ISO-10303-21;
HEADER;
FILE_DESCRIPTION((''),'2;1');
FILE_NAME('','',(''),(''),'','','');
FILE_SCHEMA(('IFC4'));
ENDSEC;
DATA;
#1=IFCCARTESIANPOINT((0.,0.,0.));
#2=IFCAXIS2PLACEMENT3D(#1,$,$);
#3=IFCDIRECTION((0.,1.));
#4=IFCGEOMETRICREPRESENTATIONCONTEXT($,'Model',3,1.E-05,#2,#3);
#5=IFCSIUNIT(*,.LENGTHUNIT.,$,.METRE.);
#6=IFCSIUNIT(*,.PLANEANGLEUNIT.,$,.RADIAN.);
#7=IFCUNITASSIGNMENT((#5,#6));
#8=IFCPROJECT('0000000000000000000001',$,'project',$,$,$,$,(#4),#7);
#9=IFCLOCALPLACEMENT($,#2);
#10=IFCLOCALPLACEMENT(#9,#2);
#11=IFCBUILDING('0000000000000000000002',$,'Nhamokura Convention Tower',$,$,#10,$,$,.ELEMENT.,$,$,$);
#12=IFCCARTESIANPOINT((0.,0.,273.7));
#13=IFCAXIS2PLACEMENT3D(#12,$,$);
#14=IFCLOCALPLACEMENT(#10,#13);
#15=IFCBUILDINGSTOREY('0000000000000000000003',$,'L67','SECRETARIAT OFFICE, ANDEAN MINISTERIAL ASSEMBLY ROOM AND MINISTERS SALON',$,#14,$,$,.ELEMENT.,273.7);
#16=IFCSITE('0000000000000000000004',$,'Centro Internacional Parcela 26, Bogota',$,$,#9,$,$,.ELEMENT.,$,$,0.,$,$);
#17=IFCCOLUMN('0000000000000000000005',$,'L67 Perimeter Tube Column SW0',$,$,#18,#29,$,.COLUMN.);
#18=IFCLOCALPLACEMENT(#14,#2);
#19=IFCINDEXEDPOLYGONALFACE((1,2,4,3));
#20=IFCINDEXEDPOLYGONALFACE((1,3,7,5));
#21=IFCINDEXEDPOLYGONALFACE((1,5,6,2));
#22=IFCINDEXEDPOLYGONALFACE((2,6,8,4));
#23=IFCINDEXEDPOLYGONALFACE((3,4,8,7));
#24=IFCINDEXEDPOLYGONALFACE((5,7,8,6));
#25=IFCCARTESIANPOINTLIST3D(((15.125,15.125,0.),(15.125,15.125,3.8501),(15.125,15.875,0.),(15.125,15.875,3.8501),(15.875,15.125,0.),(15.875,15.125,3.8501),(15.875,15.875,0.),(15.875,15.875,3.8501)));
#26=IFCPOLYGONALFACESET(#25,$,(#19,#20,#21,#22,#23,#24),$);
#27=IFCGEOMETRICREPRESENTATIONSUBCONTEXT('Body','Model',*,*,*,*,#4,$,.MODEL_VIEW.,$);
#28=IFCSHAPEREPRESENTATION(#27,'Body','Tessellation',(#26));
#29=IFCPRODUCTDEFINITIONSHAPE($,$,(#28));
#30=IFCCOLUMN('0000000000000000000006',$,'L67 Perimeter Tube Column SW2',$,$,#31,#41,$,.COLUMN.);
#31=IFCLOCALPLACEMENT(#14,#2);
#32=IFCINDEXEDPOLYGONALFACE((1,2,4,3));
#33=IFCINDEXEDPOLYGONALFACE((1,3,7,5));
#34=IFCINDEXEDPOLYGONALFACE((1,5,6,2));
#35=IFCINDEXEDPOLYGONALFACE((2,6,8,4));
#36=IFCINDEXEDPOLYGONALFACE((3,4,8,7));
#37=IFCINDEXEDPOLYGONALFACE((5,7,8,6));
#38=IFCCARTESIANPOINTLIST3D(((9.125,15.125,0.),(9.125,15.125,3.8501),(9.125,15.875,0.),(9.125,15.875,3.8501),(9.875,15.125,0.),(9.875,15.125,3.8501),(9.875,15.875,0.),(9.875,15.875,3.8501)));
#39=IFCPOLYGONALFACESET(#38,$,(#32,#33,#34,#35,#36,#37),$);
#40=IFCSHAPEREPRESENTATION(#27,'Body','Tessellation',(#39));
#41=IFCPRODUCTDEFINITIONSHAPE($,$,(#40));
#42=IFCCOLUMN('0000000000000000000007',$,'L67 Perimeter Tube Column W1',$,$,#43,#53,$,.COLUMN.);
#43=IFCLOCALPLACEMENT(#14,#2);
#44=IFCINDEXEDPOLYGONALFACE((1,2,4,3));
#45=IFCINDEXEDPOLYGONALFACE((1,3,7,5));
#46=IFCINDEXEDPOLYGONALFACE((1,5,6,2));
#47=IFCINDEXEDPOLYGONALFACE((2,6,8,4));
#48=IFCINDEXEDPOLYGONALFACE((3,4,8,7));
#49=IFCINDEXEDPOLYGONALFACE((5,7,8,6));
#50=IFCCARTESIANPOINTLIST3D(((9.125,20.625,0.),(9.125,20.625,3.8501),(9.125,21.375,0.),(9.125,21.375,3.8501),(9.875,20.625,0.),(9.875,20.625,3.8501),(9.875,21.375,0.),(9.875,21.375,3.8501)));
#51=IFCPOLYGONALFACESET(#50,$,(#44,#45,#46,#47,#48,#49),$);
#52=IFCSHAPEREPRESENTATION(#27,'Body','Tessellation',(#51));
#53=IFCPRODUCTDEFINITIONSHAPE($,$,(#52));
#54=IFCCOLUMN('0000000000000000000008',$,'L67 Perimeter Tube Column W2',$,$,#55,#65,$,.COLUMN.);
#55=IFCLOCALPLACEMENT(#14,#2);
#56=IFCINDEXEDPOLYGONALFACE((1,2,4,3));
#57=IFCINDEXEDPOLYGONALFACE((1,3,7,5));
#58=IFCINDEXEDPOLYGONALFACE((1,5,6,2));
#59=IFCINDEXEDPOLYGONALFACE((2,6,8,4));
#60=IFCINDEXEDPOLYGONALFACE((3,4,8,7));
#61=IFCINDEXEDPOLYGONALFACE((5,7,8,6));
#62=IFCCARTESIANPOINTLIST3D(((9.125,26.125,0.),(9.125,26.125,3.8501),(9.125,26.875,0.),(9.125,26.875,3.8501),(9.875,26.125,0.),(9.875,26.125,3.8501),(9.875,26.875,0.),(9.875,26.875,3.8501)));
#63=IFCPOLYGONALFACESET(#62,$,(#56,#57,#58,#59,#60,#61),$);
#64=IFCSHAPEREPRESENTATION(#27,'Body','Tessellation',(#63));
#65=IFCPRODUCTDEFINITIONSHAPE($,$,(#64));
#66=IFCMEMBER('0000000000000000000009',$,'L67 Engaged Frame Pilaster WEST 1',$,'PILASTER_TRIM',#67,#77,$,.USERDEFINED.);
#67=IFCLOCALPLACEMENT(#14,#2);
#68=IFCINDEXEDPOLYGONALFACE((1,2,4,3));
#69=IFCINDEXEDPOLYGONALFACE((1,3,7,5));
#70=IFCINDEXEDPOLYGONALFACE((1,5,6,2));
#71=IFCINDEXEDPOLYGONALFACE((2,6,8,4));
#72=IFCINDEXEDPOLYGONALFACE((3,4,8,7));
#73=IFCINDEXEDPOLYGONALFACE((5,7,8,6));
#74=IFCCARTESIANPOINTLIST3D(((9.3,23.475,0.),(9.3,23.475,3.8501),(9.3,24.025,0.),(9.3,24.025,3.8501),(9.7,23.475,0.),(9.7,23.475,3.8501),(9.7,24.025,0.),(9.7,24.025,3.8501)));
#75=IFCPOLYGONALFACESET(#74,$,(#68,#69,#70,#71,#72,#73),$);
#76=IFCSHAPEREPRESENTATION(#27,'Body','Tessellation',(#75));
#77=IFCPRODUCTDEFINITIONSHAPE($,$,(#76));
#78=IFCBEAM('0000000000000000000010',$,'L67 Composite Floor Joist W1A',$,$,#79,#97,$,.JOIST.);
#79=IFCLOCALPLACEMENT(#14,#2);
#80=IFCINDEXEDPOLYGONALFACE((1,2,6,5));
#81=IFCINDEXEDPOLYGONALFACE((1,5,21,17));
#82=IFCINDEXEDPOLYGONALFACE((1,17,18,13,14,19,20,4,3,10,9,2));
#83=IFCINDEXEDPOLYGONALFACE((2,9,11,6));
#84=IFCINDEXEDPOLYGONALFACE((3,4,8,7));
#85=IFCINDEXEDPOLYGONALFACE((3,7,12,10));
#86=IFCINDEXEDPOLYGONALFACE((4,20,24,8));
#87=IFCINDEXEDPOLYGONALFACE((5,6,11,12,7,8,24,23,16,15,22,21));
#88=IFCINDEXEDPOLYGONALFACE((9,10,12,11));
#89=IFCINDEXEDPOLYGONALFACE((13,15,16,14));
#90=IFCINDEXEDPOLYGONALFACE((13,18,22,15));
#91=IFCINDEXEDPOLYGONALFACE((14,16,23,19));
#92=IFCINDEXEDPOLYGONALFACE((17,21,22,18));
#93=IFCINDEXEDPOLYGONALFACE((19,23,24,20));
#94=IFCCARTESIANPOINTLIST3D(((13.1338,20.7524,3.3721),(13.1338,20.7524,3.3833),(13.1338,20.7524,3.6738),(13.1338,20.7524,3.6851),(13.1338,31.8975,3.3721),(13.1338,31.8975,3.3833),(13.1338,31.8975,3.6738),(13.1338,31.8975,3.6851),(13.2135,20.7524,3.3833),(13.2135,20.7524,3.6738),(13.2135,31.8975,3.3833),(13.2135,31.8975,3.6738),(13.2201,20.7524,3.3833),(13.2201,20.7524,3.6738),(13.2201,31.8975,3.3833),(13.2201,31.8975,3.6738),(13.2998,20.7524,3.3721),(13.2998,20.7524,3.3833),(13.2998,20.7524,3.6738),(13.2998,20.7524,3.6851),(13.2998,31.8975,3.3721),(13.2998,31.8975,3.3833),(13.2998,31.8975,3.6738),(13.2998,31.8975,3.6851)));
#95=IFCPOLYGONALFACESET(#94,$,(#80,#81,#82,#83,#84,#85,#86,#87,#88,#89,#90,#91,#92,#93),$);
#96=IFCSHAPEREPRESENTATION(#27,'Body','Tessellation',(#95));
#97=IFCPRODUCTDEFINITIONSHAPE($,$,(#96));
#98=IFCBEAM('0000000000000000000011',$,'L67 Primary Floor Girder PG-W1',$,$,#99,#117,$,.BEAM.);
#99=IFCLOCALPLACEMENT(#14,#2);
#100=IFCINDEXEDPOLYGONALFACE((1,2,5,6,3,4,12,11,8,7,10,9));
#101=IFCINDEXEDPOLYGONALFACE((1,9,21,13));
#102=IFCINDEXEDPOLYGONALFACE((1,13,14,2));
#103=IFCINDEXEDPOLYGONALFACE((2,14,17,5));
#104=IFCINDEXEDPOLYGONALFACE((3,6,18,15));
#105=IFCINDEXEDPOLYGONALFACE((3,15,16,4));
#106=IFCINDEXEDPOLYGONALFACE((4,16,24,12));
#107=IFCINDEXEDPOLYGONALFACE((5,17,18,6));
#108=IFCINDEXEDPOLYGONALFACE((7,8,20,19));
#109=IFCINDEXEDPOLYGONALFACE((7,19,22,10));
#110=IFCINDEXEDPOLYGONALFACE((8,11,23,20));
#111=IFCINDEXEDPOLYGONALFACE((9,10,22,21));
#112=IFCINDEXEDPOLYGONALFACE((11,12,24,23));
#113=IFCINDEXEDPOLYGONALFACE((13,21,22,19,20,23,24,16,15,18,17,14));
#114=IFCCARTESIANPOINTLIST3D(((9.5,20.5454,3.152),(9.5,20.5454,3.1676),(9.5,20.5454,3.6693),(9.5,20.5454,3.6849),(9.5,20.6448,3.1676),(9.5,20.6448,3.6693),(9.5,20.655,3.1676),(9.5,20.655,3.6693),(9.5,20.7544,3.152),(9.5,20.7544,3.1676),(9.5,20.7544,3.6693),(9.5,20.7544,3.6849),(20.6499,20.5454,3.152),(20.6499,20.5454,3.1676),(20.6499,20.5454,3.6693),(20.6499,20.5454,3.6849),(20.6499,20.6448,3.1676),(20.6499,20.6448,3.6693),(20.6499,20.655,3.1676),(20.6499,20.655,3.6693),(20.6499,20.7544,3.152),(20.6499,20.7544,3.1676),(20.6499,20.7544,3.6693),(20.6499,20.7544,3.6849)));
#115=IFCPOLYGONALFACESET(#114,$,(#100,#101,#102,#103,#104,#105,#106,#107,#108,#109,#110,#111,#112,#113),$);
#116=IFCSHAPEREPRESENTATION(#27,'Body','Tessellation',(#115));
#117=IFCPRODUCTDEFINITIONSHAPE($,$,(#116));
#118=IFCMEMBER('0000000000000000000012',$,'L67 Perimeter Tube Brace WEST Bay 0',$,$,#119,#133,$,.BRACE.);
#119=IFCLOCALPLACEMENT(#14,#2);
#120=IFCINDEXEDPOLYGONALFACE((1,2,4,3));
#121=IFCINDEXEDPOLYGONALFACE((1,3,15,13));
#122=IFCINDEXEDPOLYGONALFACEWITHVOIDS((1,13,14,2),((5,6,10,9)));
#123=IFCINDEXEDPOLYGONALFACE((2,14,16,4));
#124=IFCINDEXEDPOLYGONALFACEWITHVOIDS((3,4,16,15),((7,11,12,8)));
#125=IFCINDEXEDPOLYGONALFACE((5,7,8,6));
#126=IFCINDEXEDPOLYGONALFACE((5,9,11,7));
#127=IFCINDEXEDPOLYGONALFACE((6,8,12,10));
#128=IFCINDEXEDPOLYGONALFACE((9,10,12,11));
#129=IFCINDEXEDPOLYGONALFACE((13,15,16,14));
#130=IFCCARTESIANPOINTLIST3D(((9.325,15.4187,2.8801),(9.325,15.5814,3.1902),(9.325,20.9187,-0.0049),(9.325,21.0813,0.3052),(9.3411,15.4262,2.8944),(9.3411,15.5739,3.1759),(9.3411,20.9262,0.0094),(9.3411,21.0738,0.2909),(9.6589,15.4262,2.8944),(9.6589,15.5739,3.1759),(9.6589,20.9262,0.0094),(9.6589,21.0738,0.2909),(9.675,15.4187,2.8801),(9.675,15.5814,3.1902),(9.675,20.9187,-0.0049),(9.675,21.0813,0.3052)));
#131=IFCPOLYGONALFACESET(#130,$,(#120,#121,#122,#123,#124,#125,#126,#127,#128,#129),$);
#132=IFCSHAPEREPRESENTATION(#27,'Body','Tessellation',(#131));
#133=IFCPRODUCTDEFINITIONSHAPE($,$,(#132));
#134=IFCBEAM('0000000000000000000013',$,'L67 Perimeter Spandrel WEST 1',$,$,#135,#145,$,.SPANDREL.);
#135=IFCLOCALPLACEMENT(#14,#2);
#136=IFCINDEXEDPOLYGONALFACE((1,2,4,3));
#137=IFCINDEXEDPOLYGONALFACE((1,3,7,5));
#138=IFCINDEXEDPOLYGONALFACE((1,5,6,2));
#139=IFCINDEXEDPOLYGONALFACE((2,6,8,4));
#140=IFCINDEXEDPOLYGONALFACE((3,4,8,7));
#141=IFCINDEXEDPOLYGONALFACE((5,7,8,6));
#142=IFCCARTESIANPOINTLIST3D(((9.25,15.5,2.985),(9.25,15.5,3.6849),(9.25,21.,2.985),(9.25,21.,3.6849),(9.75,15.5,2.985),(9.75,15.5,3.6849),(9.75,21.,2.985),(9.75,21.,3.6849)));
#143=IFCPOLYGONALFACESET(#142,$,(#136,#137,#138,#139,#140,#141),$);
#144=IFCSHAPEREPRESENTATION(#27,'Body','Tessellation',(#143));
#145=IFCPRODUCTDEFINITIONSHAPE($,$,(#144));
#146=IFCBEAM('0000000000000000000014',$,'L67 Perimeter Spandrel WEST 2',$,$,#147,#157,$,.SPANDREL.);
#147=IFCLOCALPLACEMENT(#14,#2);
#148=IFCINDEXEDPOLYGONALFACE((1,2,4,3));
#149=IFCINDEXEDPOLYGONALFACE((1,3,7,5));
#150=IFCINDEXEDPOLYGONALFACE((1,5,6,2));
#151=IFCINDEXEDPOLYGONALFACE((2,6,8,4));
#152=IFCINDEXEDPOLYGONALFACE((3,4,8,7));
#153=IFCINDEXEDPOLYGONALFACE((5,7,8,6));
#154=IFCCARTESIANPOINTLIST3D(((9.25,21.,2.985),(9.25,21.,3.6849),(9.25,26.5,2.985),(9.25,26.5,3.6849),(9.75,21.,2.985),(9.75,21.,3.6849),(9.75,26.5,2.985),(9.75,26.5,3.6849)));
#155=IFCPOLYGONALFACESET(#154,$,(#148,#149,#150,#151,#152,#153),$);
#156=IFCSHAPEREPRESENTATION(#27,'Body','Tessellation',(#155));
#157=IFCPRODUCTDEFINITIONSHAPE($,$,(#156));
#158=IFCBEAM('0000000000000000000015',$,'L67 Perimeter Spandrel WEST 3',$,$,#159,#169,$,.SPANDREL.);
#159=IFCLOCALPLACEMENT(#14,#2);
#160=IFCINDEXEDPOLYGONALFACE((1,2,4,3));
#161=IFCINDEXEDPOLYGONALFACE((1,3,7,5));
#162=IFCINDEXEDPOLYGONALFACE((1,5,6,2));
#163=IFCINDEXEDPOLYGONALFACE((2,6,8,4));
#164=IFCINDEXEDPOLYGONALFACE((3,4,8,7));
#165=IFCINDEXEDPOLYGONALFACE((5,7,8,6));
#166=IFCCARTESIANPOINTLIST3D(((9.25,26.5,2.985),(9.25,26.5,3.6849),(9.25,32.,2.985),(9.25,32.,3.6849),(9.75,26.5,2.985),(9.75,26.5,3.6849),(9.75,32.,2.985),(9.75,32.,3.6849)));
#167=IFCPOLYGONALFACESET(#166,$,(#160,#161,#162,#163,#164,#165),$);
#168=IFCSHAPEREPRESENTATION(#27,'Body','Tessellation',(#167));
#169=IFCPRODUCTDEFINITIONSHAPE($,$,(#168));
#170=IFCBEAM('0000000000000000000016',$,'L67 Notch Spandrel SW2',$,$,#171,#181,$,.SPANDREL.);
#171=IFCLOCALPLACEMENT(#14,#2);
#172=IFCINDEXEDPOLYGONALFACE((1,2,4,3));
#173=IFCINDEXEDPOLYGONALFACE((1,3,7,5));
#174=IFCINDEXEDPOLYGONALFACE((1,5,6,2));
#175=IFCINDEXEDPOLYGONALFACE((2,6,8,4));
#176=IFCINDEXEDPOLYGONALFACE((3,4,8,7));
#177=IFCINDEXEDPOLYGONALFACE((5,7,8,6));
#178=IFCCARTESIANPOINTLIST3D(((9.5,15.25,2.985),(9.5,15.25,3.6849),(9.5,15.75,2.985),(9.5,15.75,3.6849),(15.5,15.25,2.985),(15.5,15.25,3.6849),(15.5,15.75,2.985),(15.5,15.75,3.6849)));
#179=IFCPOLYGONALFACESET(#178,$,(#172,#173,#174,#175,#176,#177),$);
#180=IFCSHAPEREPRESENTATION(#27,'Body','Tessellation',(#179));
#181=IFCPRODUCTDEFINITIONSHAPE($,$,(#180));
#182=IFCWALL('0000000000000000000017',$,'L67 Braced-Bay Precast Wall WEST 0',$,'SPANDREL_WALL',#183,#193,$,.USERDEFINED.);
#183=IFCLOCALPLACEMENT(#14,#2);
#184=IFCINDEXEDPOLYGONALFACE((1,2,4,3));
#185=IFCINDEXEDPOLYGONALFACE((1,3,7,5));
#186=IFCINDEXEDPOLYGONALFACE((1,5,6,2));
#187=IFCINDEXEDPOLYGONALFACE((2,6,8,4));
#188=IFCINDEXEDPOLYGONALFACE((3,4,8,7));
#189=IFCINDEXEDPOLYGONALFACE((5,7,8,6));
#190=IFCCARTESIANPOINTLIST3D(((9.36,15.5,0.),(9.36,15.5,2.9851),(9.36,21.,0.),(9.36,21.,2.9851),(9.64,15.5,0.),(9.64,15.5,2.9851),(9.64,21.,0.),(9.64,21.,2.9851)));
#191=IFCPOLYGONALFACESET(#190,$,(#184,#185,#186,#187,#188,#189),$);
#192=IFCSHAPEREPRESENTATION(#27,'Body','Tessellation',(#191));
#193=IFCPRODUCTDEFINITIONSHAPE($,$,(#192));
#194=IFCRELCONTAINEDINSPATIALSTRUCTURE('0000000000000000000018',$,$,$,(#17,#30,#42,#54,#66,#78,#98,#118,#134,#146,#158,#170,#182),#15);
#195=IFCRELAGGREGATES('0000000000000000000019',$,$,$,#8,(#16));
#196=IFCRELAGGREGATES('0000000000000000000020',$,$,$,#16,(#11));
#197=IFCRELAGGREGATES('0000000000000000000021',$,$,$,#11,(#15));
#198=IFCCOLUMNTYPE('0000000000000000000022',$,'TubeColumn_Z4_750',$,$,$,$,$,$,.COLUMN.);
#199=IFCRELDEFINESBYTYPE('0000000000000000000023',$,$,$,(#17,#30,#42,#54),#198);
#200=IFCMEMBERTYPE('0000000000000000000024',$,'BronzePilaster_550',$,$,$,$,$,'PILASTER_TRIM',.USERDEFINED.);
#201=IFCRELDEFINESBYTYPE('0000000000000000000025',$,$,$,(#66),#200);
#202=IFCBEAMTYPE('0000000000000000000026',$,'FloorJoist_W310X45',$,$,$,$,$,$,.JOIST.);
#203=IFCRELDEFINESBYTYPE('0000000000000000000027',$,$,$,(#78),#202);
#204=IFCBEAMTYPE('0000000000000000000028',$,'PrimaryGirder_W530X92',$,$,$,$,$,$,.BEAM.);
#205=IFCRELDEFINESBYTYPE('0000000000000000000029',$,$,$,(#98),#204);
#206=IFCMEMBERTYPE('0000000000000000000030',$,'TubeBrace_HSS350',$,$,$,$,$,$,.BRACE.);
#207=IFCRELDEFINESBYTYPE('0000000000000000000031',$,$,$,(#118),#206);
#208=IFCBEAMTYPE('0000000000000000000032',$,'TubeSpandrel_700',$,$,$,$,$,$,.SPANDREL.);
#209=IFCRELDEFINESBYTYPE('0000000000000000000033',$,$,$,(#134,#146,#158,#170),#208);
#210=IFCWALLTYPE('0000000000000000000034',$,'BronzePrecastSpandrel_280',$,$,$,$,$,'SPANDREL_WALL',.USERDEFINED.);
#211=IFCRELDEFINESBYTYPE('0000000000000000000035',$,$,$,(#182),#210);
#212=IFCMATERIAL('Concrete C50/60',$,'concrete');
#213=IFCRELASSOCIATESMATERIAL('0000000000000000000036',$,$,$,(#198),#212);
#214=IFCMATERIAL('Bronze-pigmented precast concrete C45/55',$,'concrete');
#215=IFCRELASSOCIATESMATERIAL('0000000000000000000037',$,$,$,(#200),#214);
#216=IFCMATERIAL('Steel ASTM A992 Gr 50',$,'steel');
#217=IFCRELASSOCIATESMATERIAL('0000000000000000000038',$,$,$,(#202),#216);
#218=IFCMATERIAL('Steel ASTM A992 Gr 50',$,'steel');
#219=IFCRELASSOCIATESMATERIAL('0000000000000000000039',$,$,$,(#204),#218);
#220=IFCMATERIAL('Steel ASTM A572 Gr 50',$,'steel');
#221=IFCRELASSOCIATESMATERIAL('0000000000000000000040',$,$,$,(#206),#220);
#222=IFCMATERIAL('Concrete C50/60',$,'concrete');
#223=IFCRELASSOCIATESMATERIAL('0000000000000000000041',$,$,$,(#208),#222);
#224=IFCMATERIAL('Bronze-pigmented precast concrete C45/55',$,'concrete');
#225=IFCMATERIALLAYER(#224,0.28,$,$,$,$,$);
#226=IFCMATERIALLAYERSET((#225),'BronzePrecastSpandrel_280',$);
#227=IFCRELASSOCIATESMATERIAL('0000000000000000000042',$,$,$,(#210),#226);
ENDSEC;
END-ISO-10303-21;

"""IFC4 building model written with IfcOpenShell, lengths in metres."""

from ifc_helpers import new_model, si_unit, direction, frame, frame_2d, origin, origin_2d, place, context, subcontext, project, spatial, rectangle, hollow_rectangle, i_section, extrude, material, layer, layer_set, material_profile, profile_set, type_object, element, save


model = new_model("IFC4")

# Units and contexts
model_context = context("Model", 3, precision=1e-05, world=origin(), true_north=direction((0.0, 1.0)))
body_context = subcontext(model_context, "Body", "Model", "MODEL_VIEW")
ifc_project = project(units=[si_unit("LENGTHUNIT", "METRE"), si_unit("PLANEANGLEUNIT", "RADIAN")], contexts=[model_context])

# Site, building, storey
site_placement = place(None, origin())
site = spatial("IfcSite", under=ifc_project, at=site_placement, Name="Centro Internacional Parcela 26, Bogota", CompositionType="ELEMENT", RefElevation=0.0)
building_placement = place(site_placement, origin())
building = spatial("IfcBuilding", under=site, at=building_placement, Name="Nhamokura Convention Tower", CompositionType="ELEMENT")
storey_placement = place(building_placement, frame((0.0, 0.0, 273.7)))
storey = spatial("IfcBuildingStorey", under=building, at=storey_placement, Name="L67", Description="SECRETARIAT OFFICE, ANDEAN MINISTERIAL ASSEMBLY ROOM AND MINISTERS SALON", CompositionType="ELEMENT", Elevation=273.7)

# Columns
ifc_material_1 = material(Name="Concrete C50/60", Category="concrete")
ifc_material_profile_1 = material_profile(ifc_material_1, rectangle(XDim=0.75, YDim=0.75, at=origin_2d()))
ifc_profile_set_1 = profile_set([ifc_material_profile_1], Name="Concrete C50/60")
column_type = type_object("IfcColumnType", Name="TubeColumn_Z4_750", PredefinedType="COLUMN", material=ifc_profile_set_1)
for number, where, z_axis, x_axis, name in (
    (1, (15.5, 15.5, 0.0), (0.0, 0.0, 1.0), (1.0, 0.0, 0.0), "L67 Perimeter Tube Column SW0"),
    (2, (9.5, 15.5, 0.0), (0.0, 0.0, 1.0), (1.0, 0.0, 0.0), "L67 Perimeter Tube Column SW2"),
    (3, (9.5, 21.0, 0.0), (0.0, 0.0, 1.0), (1.0, 0.0, 0.0), "L67 Perimeter Tube Column W1"),
    (4, (9.5, 26.5, 0.0), (0.0, 0.0, 1.0), (1.0, 0.0, 0.0), "L67 Perimeter Tube Column W2"),
):
    element("IfcColumn", number, at=place(storey_placement, frame(where, z_axis=z_axis, x_axis=x_axis)), inside=storey, type_object=column_type, Name=name, PredefinedType="COLUMN", context=body_context, shape_type="SweptSolid", body=[
        extrude(rectangle(XDim=0.75, YDim=0.75, at=origin_2d()), origin(), (0.0, 0.0, 1.0), 3.8501),
    ])

# Member
ifc_material_2 = material(Name="Bronze-pigmented precast concrete C45/55", Category="concrete")
ifc_material_profile_2 = material_profile(ifc_material_2, rectangle(XDim=0.3999, YDim=0.55, at=origin_2d()))
ifc_profile_set_2 = profile_set([ifc_material_profile_2], Name="Bronze-pigmented precast concrete C45/55")
member_type_1 = type_object("IfcMemberType", Name="BronzePilaster_550", ElementType="PILASTER_TRIM", PredefinedType="USERDEFINED", material=ifc_profile_set_2)
member_1_placement = place(storey_placement, frame((9.5, 23.75, 0.0), z_axis=(0.0, 0.0, 1.0), x_axis=(1.0, 0.0, 0.0)))
element("IfcMember", 5, at=member_1_placement, inside=storey, type_object=member_type_1, Name="L67 Engaged Frame Pilaster WEST 1", ObjectType="PILASTER_TRIM", PredefinedType="USERDEFINED", context=body_context, shape_type="SweptSolid", body=[
    extrude(rectangle(XDim=0.3999, YDim=0.55, at=origin_2d()), origin(), (0.0, 0.0, 1.0), 3.8501),
])

# Beams
ifc_material_3 = material(Name="Steel ASTM A992 Gr 50", Category="steel")
ifc_material_profile_3 = material_profile(ifc_material_3, i_section(OverallWidth=0.166, OverallDepth=0.313, WebThickness=0.0066, FlangeThickness=0.0112, at=origin_2d()))
ifc_profile_set_3 = profile_set([ifc_material_profile_3], Name="Steel ASTM A992 Gr 50")
beam_type_1 = type_object("IfcBeamType", Name="FloorJoist_W310X45", PredefinedType="JOIST", material=ifc_profile_set_3)
beam_1_placement = place(storey_placement, frame((13.2168, 20.7524, 3.5286), z_axis=(0.0, 1.0, 0.0), x_axis=(-1.0, 0.0, 0.0)))
element("IfcBeam", 6, at=beam_1_placement, inside=storey, type_object=beam_type_1, Name="L67 Composite Floor Joist W1A", PredefinedType="JOIST", context=body_context, shape_type="SweptSolid", body=[
    extrude(i_section(OverallWidth=0.166, OverallDepth=0.313, WebThickness=0.0066, FlangeThickness=0.0112, at=origin_2d()), origin(), (0.0, 0.0, 1.0), 11.145),
])
ifc_material_4 = material(Name="Steel ASTM A992 Gr 50", Category="steel")
ifc_material_profile_4 = material_profile(ifc_material_4, i_section(OverallWidth=0.209, OverallDepth=0.533, WebThickness=0.0103, FlangeThickness=0.0156, at=origin_2d()))
ifc_profile_set_4 = profile_set([ifc_material_profile_4], Name="Steel ASTM A992 Gr 50")
beam_type_2 = type_object("IfcBeamType", Name="PrimaryGirder_W530X92", PredefinedType="BEAM", material=ifc_profile_set_4)
beam_2_placement = place(storey_placement, frame((9.5, 20.6499, 3.4185), z_axis=(1.0, 0.0, 0.0), x_axis=(0.0, 1.0, 0.0)))
element("IfcBeam", 7, at=beam_2_placement, inside=storey, type_object=beam_type_2, Name="L67 Primary Floor Girder PG-W1", PredefinedType="BEAM", context=body_context, shape_type="SweptSolid", body=[
    extrude(i_section(OverallWidth=0.209, OverallDepth=0.533, WebThickness=0.0103, FlangeThickness=0.0156, at=origin_2d()), origin(), (0.0, 0.0, 1.0), 11.1499),
])

# Member
ifc_material_5 = material(Name="Steel ASTM A572 Gr 50", Category="steel")
ifc_material_profile_5 = material_profile(ifc_material_5, hollow_rectangle(XDim=0.3501, YDim=0.3501, WallThickness=0.0161, at=origin_2d()))
ifc_profile_set_5 = profile_set([ifc_material_profile_5], Name="Steel ASTM A572 Gr 50")
member_type_2 = type_object("IfcMemberType", Name="TubeBrace_HSS350", PredefinedType="BRACE", material=ifc_profile_set_5)
member_2_placement = place(storey_placement, frame((9.5, 21.0, 0.1501), z_axis=(0.0, -0.885563, 0.46452), x_axis=(1.0, 0.0, 0.0)))
element("IfcMember", 8, at=member_2_placement, inside=storey, type_object=member_type_2, Name="L67 Perimeter Tube Brace WEST Bay 0", PredefinedType="BRACE", context=body_context, shape_type="SweptSolid", body=[
    extrude(hollow_rectangle(XDim=0.3501, YDim=0.3501, WallThickness=0.0161, at=origin_2d()), origin(), (0.0, 0.0, 1.0), 6.2107),
])

# Beams
ifc_material_6 = material(Name="Concrete C50/60", Category="concrete")
ifc_material_profile_6 = material_profile(ifc_material_6, rectangle(XDim=0.5, YDim=0.7, at=origin_2d()))
ifc_profile_set_6 = profile_set([ifc_material_profile_6], Name="Concrete C50/60")
beam_type_3 = type_object("IfcBeamType", Name="TubeSpandrel_700", PredefinedType="SPANDREL", material=ifc_profile_set_6)
for number, where, z_axis, x_axis, name in (
    (9, (9.5, 15.5, 3.335), (0.0, 1.0, 0.0), (-1.0, 0.0, 0.0), "L67 Perimeter Spandrel WEST 1"),
    (10, (9.5, 21.0, 3.335), (0.0, 1.0, 0.0), (-1.0, 0.0, 0.0), "L67 Perimeter Spandrel WEST 2"),
    (11, (9.5, 26.5, 3.335), (0.0, 1.0, 0.0), (-1.0, 0.0, 0.0), "L67 Perimeter Spandrel WEST 3"),
):
    element("IfcBeam", number, at=place(storey_placement, frame(where, z_axis=z_axis, x_axis=x_axis)), inside=storey, type_object=beam_type_3, Name=name, PredefinedType="SPANDREL", context=body_context, shape_type="SweptSolid", body=[
        extrude(rectangle(XDim=0.5, YDim=0.7, at=origin_2d()), origin(), (0.0, 0.0, 1.0), 5.5),
    ])
beam_3_placement = place(storey_placement, frame((15.5, 15.5, 3.335), z_axis=(-1.0, 0.0, 0.0), x_axis=(0.0, -1.0, 0.0)))
element("IfcBeam", 12, at=beam_3_placement, inside=storey, type_object=beam_type_3, Name="L67 Notch Spandrel SW2", PredefinedType="SPANDREL", context=body_context, shape_type="SweptSolid", body=[
    extrude(rectangle(XDim=0.5, YDim=0.7, at=origin_2d()), origin(), (0.0, 0.0, 1.0), 6.0),
])

# Wall
ifc_material_7 = material(Name="Bronze-pigmented precast concrete C45/55", Category="concrete")
ifc_layer_1 = layer(ifc_material_7, 0.28)
ifc_layer_set_1 = layer_set([ifc_layer_1], Name="BronzePrecastSpandrel_280")
wall_type_1 = type_object("IfcWallType", Name="BronzePrecastSpandrel_280", ElementType="SPANDREL_WALL", PredefinedType="USERDEFINED", material=ifc_layer_set_1)
wall_1_placement = place(storey_placement, frame((9.5, 15.5, 0.0), z_axis=(0.0, 0.0, 1.0), x_axis=(0.0, 1.0, 0.0)))
element("IfcWall", 13, at=wall_1_placement, inside=storey, type_object=wall_type_1, Name="L67 Braced-Bay Precast Wall WEST 0", ObjectType="SPANDREL_WALL", PredefinedType="USERDEFINED", context=body_context, shape_type="SweptSolid", body=[
    extrude(rectangle(XDim=5.5, YDim=0.28, at=frame_2d((2.75, 0.0))), origin(), (0.0, 0.0, 1.0), 2.9851),
])

save(model, "model.ifc")
